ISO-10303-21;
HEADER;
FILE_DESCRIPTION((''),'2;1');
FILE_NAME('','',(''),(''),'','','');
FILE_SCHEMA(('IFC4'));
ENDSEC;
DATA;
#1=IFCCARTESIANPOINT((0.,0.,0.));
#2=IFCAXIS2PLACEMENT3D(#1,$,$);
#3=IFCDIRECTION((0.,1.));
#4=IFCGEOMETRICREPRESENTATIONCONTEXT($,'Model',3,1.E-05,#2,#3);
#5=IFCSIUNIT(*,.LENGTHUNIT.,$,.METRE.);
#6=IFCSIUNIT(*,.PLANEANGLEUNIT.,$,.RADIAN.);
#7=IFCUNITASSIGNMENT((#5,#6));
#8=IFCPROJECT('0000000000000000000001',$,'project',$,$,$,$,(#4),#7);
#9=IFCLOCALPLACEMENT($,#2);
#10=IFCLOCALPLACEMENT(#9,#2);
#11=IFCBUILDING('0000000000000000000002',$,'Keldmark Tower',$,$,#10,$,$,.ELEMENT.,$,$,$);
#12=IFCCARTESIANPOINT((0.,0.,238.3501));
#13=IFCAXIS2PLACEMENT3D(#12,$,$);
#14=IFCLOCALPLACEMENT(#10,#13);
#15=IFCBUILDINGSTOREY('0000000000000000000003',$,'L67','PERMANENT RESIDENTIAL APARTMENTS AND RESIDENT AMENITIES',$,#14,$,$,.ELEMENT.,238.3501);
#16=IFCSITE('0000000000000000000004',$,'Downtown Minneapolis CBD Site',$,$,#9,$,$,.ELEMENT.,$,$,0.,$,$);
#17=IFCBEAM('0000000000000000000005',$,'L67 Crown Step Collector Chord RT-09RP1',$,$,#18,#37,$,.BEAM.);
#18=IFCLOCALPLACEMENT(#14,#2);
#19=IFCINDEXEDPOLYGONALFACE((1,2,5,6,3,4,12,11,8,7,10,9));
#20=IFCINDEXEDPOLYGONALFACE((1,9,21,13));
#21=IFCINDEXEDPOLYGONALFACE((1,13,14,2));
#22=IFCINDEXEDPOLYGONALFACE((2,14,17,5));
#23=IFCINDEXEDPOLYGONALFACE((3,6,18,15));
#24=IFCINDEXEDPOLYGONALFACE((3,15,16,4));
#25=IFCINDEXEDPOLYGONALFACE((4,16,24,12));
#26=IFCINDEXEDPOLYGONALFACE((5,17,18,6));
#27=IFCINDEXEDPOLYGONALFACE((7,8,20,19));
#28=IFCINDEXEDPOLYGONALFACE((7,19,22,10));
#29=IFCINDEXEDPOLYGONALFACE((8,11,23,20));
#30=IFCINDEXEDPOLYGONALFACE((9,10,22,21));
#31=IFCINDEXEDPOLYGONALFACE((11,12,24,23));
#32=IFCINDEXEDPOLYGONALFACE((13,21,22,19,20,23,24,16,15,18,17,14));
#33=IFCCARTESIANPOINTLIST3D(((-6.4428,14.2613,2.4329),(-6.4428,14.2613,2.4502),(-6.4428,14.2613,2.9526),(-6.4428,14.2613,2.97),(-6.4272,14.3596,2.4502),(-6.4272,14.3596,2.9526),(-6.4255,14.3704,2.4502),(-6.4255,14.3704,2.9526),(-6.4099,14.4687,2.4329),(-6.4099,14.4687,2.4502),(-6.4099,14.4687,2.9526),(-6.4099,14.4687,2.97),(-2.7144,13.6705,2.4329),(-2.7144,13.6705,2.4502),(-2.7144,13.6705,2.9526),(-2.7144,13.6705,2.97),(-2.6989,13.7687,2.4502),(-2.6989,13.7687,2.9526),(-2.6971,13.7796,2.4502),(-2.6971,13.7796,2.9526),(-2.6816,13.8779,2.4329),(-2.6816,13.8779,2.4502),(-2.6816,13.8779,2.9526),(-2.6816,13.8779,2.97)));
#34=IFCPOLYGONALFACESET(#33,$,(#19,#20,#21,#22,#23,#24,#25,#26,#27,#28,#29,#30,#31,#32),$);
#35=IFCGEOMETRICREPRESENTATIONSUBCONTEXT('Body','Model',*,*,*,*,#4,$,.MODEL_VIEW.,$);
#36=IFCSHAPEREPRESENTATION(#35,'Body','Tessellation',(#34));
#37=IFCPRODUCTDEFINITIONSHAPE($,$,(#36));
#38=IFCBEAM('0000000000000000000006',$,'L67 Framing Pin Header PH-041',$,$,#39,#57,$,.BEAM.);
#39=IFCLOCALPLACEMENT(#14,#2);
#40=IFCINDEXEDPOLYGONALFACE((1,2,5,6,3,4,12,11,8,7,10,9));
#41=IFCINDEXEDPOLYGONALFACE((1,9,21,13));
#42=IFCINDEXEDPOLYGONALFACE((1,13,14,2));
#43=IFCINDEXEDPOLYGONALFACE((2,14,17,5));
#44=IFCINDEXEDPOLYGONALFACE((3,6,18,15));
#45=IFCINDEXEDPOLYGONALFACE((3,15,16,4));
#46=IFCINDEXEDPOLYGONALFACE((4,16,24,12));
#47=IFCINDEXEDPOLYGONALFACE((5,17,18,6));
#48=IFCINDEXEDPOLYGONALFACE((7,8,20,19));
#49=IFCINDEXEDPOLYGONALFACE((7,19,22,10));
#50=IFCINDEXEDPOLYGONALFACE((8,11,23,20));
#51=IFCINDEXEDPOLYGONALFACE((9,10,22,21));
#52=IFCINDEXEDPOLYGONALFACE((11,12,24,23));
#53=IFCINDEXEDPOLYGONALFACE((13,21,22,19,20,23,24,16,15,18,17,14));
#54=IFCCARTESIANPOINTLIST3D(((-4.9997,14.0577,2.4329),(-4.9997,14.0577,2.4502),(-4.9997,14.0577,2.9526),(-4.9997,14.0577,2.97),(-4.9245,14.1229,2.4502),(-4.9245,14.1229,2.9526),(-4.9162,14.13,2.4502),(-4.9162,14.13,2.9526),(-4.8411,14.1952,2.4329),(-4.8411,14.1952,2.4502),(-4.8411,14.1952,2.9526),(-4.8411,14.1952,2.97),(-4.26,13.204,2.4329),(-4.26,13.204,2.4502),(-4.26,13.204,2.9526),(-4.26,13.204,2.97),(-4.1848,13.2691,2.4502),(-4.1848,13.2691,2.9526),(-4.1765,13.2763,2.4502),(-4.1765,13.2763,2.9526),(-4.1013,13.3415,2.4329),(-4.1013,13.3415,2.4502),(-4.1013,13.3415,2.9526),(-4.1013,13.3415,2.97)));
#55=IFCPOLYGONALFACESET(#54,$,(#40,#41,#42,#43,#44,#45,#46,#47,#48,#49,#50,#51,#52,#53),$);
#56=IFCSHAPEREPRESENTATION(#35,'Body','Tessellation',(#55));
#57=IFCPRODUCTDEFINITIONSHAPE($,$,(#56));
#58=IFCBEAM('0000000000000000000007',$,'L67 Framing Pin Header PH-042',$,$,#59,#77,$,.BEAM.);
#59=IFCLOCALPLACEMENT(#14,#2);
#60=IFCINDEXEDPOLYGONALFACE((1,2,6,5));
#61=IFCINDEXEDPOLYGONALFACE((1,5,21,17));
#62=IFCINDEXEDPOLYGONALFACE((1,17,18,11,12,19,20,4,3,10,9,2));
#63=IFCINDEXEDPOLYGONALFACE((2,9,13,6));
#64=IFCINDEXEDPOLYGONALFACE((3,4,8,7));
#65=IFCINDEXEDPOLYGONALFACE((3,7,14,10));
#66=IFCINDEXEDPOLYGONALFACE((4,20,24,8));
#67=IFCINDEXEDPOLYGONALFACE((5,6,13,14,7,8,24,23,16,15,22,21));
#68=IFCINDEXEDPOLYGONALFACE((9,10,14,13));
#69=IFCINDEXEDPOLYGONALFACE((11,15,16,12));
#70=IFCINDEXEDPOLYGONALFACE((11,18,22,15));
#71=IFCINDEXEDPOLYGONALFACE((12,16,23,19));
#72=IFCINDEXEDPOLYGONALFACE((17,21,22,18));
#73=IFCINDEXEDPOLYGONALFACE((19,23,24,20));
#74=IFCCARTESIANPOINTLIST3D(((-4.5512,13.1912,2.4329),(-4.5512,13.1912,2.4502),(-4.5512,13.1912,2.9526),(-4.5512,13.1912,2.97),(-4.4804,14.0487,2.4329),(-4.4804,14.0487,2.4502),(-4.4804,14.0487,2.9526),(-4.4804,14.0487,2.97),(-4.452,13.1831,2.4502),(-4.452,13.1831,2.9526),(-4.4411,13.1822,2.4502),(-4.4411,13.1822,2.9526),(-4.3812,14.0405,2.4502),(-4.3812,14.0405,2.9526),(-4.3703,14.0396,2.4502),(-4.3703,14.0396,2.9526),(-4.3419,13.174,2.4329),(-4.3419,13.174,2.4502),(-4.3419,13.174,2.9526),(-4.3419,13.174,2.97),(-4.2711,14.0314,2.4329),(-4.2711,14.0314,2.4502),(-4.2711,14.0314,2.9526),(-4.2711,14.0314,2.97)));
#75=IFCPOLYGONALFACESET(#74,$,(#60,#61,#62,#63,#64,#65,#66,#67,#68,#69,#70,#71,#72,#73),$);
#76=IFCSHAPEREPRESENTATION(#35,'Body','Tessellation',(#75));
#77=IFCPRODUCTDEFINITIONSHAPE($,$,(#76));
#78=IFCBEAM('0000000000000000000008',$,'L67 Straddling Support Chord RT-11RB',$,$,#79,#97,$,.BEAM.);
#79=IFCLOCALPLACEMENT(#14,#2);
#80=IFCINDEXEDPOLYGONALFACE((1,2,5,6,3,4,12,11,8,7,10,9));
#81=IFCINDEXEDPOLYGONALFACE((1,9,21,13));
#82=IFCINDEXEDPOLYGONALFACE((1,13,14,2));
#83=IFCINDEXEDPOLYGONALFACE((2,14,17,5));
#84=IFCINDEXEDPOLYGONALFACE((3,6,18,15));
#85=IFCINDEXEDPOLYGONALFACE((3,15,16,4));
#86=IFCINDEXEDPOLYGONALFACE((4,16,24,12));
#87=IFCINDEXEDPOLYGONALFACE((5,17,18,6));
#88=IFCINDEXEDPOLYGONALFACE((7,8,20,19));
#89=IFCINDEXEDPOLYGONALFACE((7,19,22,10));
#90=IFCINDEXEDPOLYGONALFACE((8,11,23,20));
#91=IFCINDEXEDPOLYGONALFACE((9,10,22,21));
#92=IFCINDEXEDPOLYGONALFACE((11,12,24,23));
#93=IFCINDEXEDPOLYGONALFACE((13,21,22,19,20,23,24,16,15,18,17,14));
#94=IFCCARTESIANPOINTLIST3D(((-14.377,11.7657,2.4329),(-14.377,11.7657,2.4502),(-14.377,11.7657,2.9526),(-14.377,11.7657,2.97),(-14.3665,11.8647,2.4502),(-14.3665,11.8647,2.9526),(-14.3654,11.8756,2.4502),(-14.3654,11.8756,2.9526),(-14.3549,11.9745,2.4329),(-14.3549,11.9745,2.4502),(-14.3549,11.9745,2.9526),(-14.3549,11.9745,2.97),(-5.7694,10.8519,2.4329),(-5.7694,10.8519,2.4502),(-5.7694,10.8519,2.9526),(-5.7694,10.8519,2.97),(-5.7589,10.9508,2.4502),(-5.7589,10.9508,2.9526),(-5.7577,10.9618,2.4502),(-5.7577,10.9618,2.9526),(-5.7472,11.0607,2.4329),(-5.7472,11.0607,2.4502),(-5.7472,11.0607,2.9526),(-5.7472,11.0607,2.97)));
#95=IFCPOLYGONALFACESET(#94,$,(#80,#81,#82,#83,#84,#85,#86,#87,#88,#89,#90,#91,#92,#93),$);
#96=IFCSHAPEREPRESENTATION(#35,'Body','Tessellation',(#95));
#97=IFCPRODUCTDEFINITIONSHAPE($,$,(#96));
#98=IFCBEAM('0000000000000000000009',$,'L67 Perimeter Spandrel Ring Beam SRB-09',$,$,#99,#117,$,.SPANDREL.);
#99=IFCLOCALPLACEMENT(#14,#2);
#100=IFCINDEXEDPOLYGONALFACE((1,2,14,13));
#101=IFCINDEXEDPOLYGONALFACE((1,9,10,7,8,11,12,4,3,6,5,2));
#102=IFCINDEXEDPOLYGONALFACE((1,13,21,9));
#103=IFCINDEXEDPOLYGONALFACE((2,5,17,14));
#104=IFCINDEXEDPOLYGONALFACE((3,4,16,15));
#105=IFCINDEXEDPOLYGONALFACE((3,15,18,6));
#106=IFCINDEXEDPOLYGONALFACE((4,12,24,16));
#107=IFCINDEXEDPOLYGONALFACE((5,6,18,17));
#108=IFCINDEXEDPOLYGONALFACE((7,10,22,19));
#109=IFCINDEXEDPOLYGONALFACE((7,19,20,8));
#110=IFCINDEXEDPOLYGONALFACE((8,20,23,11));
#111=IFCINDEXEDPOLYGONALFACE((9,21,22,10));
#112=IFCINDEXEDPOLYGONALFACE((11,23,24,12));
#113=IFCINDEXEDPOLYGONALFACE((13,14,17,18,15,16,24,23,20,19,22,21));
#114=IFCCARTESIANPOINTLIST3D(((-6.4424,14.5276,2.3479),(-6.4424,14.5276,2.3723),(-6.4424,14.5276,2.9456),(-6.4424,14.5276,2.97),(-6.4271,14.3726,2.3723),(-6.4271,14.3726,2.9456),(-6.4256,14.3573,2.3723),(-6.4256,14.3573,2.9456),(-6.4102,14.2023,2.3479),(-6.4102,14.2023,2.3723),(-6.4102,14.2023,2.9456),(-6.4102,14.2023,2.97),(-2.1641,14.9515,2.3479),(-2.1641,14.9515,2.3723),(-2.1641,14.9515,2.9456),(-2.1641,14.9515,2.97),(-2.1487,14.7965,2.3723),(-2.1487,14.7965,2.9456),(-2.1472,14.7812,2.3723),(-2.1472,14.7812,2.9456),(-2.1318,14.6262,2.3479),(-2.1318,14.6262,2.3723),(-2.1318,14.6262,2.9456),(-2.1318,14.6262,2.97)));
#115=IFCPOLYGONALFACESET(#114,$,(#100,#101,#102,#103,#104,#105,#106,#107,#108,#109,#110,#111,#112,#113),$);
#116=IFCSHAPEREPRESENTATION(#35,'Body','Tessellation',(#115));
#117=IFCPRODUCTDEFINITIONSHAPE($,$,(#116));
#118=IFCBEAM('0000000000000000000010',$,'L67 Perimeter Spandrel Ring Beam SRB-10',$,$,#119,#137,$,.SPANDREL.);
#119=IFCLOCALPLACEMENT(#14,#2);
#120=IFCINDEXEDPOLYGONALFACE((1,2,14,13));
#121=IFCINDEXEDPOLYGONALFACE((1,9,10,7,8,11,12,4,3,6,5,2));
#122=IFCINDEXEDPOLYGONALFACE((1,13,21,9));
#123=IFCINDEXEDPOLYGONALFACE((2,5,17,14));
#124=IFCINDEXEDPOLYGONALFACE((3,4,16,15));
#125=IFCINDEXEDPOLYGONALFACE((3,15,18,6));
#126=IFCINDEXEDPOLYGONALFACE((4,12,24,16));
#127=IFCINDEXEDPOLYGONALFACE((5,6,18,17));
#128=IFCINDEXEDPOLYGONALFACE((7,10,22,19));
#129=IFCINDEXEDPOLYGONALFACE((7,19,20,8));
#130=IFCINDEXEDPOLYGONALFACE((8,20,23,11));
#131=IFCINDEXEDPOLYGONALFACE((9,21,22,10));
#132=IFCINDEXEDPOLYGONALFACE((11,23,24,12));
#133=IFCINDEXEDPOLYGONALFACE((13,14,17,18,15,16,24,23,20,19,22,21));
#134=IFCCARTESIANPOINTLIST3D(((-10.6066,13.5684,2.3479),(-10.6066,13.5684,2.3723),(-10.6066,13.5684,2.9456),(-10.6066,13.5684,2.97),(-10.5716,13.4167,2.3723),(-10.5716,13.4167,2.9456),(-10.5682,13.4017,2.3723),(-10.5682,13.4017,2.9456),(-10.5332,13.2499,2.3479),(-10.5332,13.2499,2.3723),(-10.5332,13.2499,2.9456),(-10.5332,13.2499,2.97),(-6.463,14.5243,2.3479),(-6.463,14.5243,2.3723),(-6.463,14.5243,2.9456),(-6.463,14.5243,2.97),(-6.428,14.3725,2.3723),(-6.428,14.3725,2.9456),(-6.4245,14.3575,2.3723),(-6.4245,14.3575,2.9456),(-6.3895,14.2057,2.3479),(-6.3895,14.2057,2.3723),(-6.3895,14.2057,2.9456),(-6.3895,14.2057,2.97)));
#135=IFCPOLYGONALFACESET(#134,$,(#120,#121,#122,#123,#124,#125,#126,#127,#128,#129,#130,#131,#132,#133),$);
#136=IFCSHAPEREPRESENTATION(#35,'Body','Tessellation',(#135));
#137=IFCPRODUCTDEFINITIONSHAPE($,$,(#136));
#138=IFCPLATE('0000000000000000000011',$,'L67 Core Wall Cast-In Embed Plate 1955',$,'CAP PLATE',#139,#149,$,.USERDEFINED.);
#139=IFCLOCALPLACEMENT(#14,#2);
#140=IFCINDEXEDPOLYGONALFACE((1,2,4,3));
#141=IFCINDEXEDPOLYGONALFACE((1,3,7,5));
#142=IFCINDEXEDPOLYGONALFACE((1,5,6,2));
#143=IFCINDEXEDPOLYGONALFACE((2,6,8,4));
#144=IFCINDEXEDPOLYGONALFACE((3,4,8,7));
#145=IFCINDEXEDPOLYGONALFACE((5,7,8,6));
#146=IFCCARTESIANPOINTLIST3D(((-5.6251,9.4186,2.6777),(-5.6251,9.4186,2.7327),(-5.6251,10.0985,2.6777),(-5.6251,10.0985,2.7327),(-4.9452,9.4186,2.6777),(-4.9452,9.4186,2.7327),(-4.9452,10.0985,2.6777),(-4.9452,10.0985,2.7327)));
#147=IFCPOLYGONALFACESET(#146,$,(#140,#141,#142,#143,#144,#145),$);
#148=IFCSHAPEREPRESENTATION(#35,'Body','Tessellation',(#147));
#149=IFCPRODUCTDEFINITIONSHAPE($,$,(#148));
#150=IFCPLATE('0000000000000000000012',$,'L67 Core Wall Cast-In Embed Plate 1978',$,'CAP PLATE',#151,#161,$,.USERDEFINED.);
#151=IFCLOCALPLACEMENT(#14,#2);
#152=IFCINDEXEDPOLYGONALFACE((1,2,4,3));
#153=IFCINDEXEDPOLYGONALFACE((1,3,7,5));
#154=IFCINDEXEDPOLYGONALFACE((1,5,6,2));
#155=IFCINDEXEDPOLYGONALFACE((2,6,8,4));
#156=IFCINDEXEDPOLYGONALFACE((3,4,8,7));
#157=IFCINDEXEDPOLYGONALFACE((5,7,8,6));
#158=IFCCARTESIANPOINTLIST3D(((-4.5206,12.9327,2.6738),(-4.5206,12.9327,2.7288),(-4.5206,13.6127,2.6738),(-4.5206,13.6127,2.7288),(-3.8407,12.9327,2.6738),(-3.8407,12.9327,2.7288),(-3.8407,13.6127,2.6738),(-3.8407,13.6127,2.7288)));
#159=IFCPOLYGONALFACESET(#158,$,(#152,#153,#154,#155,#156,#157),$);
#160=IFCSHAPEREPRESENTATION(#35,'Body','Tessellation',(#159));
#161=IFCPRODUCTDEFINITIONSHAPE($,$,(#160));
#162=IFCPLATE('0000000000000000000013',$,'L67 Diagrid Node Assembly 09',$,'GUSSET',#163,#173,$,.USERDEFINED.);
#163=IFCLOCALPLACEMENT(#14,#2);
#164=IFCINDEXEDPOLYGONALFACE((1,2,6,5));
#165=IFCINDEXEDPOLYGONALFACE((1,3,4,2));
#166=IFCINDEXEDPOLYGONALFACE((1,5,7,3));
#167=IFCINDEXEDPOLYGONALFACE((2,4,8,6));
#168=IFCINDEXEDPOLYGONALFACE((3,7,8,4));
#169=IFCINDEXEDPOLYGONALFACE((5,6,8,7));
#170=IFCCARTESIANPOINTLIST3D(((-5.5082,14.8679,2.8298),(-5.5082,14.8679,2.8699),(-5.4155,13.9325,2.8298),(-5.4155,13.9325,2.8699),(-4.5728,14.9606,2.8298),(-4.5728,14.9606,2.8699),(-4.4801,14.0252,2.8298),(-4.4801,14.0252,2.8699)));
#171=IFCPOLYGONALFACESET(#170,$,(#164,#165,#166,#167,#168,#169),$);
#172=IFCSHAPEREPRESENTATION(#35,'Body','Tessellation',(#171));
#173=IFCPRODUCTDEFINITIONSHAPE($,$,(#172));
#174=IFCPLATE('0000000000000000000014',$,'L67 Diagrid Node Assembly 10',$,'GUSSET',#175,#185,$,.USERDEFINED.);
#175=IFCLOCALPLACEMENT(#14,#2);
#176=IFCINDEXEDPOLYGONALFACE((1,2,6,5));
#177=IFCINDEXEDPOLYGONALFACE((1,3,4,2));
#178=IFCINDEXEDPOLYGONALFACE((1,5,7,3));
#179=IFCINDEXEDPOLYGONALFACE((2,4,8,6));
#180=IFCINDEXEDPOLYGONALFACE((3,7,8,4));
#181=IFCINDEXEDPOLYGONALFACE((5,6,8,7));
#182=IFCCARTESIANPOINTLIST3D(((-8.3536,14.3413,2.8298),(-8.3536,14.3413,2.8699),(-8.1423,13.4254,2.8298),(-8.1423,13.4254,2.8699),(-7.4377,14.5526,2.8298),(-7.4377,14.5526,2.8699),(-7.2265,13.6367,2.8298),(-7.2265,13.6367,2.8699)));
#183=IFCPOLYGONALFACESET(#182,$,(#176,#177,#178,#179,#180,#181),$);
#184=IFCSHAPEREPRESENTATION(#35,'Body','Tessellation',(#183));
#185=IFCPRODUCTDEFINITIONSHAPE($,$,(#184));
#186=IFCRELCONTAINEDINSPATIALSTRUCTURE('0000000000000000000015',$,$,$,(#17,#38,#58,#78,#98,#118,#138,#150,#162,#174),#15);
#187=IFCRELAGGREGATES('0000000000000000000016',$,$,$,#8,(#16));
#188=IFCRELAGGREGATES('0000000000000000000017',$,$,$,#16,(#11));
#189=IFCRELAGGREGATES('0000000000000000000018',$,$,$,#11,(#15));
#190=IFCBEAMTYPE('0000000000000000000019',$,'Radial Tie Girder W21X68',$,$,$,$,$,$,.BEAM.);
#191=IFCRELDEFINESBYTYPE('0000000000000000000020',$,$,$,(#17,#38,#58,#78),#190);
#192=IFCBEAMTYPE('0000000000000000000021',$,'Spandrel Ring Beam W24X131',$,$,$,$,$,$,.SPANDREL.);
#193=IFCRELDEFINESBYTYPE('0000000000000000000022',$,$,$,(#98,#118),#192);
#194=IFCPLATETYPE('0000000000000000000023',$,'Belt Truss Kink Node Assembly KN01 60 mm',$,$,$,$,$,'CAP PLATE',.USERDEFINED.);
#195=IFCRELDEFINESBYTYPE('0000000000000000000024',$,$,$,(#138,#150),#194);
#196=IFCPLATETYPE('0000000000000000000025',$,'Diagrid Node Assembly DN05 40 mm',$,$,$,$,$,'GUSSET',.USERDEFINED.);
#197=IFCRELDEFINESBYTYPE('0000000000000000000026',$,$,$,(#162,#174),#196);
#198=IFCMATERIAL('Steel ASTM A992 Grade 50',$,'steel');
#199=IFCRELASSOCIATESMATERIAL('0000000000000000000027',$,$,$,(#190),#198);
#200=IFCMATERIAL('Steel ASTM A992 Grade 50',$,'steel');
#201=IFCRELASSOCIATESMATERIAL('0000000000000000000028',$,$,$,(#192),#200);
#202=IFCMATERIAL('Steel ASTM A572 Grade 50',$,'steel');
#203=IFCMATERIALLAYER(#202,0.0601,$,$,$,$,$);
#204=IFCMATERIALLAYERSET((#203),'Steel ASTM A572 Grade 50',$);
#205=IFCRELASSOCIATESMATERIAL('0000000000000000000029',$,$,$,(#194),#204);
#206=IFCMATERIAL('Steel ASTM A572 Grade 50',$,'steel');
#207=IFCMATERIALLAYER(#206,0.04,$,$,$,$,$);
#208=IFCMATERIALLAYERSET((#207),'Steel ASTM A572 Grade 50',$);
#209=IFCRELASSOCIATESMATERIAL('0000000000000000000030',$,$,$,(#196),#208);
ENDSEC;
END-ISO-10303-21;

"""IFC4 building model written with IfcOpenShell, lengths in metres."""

from ifc_helpers import new_model, si_unit, direction, frame, origin, origin_2d, place, context, subcontext, project, spatial, rectangle, i_section, extrude, material, layer, layer_set, material_profile, profile_set, type_object, element, save


model = new_model("IFC4")

# Units and contexts
model_context = context("Model", 3, precision=1e-05, world=origin(), true_north=direction((0.0, 1.0)))
body_context = subcontext(model_context, "Body", "Model", "MODEL_VIEW")
ifc_project = project(units=[si_unit("LENGTHUNIT", "METRE"), si_unit("PLANEANGLEUNIT", "RADIAN")], contexts=[model_context])

# Site, building, storey
site_placement = place(None, origin())
site = spatial("IfcSite", under=ifc_project, at=site_placement, Name="Downtown Minneapolis CBD Site", CompositionType="ELEMENT", RefElevation=0.0)
building_placement = place(site_placement, origin())
building = spatial("IfcBuilding", under=site, at=building_placement, Name="Keldmark Tower", CompositionType="ELEMENT")
storey_placement = place(building_placement, frame((0.0, 0.0, 238.3501)))
storey = spatial("IfcBuildingStorey", under=building, at=storey_placement, Name="L67", Description="PERMANENT RESIDENTIAL APARTMENTS AND RESIDENT AMENITIES", CompositionType="ELEMENT", Elevation=238.3501)

# Beams
ifc_material_1 = material(Name="Steel ASTM A992 Grade 50", Category="steel")
ifc_material_profile_1 = material_profile(ifc_material_1, i_section(OverallWidth=0.21, OverallDepth=0.5371, WebThickness=0.011, FlangeThickness=0.0173, at=origin_2d()), Name="W21X68")
ifc_profile_set_1 = profile_set([ifc_material_profile_1], Name="Steel ASTM A992 Grade 50")
beam_type_1 = type_object("IfcBeamType", Name="Radial Tie Girder W21X68", PredefinedType="BEAM", material=ifc_profile_set_1)
beam_1_placement = place(storey_placement, frame((-2.698, 13.7742, 2.7014), z_axis=(-0.987675, 0.156517, 0.0), x_axis=(-0.156517, -0.987675, 0.0)))
element("IfcBeam", 1, at=beam_1_placement, inside=storey, type_object=beam_type_1, Name="L67 Crown Step Collector Chord RT-09RP1", PredefinedType="BEAM", context=body_context, shape_type="SweptSolid", body=[
    extrude(i_section(OverallWidth=0.21, OverallDepth=0.5371, WebThickness=0.011, FlangeThickness=0.0173, at=origin_2d()), origin(), (0.0, 0.0, 1.0), 3.7749),
])
beam_2_placement = place(storey_placement, frame((-4.1807, 13.2727, 2.7014), z_axis=(-0.65484, 0.755768, 0.0), x_axis=(-0.755768, -0.65484, 0.0)))
element("IfcBeam", 2, at=beam_2_placement, inside=storey, type_object=beam_type_1, Name="L67 Framing Pin Header PH-041", PredefinedType="BEAM", context=body_context, shape_type="SweptSolid", body=[
    extrude(i_section(OverallWidth=0.21, OverallDepth=0.5371, WebThickness=0.011, FlangeThickness=0.0173, at=origin_2d()), origin(), (0.0, 0.0, 1.0), 1.1296),
])
beam_3_placement = place(storey_placement, frame((-4.3757, 14.04, 2.7014), z_axis=(-0.082294, -0.996608, 0.0), x_axis=(0.996608, -0.082294, 0.0)))
element("IfcBeam", 3, at=beam_3_placement, inside=storey, type_object=beam_type_1, Name="L67 Framing Pin Header PH-042", PredefinedType="BEAM", context=body_context, shape_type="SweptSolid", body=[
    extrude(i_section(OverallWidth=0.21, OverallDepth=0.5371, WebThickness=0.011, FlangeThickness=0.0173, at=origin_2d()), origin(), (0.0, 0.0, 1.0), 0.8604),
])
beam_4_placement = place(storey_placement, frame((-5.7583, 10.9563, 2.7014), z_axis=(-0.994412, 0.10557, 0.0), x_axis=(-0.10557, -0.994412, 0.0)))
element("IfcBeam", 4, at=beam_4_placement, inside=storey, type_object=beam_type_1, Name="L67 Straddling Support Chord RT-11RB", PredefinedType="BEAM", context=body_context, shape_type="SweptSolid", body=[
    extrude(i_section(OverallWidth=0.21, OverallDepth=0.5371, WebThickness=0.011, FlangeThickness=0.0173, at=origin_2d()), origin(), (0.0, 0.0, 1.0), 8.656),
])
ifc_material_2 = material(Name="Steel ASTM A992 Grade 50", Category="steel")
ifc_material_profile_2 = material_profile(ifc_material_2, i_section(OverallWidth=0.3269, OverallDepth=0.6221, WebThickness=0.0154, FlangeThickness=0.0244, at=origin_2d()), Name="W24X131")
ifc_profile_set_2 = profile_set([ifc_material_profile_2], Name="Steel ASTM A992 Grade 50")
beam_type_2 = type_object("IfcBeamType", Name="Spandrel Ring Beam W24X131", PredefinedType="SPANDREL", material=ifc_profile_set_2)
beam_5_placement = place(storey_placement, frame((-2.1479, 14.7888, 2.6589), z_axis=(-0.995129, -0.098582, 0.0), x_axis=(0.098582, -0.995129, 0.0)))
element("IfcBeam", 5, at=beam_5_placement, inside=storey, type_object=beam_type_2, Name="L67 Perimeter Spandrel Ring Beam SRB-09", PredefinedType="SPANDREL", context=body_context, shape_type="SweptSolid", body=[
    extrude(i_section(OverallWidth=0.3269, OverallDepth=0.6221, WebThickness=0.0154, FlangeThickness=0.0244, at=origin_2d()), origin(), (0.0, 0.0, 1.0), 4.2993),
])
beam_6_placement = place(storey_placement, frame((-6.4263, 14.365, 2.6589), z_axis=(-0.974412, -0.224771, 0.0), x_axis=(0.224771, -0.974412, 0.0)))
element("IfcBeam", 6, at=beam_6_placement, inside=storey, type_object=beam_type_2, Name="L67 Perimeter Spandrel Ring Beam SRB-10", PredefinedType="SPANDREL", context=body_context, shape_type="SweptSolid", body=[
    extrude(i_section(OverallWidth=0.3269, OverallDepth=0.6221, WebThickness=0.0154, FlangeThickness=0.0244, at=origin_2d()), origin(), (0.0, 0.0, 1.0), 4.2524),
])

# Plates
ifc_material_3 = material(Name="Steel ASTM A572 Grade 50", Category="steel")
ifc_layer_1 = layer(ifc_material_3, 0.0601)
ifc_layer_set_1 = layer_set([ifc_layer_1], Name="Steel ASTM A572 Grade 50")
plate_type_1 = type_object("IfcPlateType", Name="Belt Truss Kink Node Assembly KN01 60 mm", ElementType="CAP PLATE", PredefinedType="USERDEFINED", material=ifc_layer_set_1)
for number, where, z_axis, x_axis, name in (
    (7, (-5.2852, 9.7585, 2.6777), (0.0, 0.0, 1.0), (1.0, 0.0, 0.0), "L67 Core Wall Cast-In Embed Plate 1955"),
    (8, (-4.1807, 13.2727, 2.6738), (0.0, 0.0, 1.0), (1.0, 0.0, 0.0), "L67 Core Wall Cast-In Embed Plate 1978"),
):
    element("IfcPlate", number, at=place(storey_placement, frame(where, z_axis=z_axis, x_axis=x_axis)), inside=storey, type_object=plate_type_1, Name=name, ObjectType="CAP PLATE", PredefinedType="USERDEFINED", context=body_context, shape_type="SweptSolid", body=[
        extrude(rectangle(XDim=0.6799, YDim=0.6799, at=origin_2d()), origin(), (0.0, 0.0, 1.0), 0.0549),
    ])
ifc_material_4 = material(Name="Steel ASTM A572 Grade 50", Category="steel")
ifc_layer_2 = layer(ifc_material_4, 0.04)
ifc_layer_set_2 = layer_set([ifc_layer_2], Name="Steel ASTM A572 Grade 50")
plate_type_2 = type_object("IfcPlateType", Name="Diagrid Node Assembly DN05 40 mm", ElementType="GUSSET", PredefinedType="USERDEFINED", material=ifc_layer_set_2)
for number, where, z_axis, x_axis, name in (
    (9, (-4.9941, 14.4465, 2.8298), (0.0, 0.0, 1.0), (-0.995125, -0.098625, 0.0), "L67 Diagrid Node Assembly 09"),
    (10, (-7.79, 13.989, 2.8298), (0.0, 0.0, 1.0), (-0.974409, -0.224781, 0.0), "L67 Diagrid Node Assembly 10"),
):
    element("IfcPlate", number, at=place(storey_placement, frame(where, z_axis=z_axis, x_axis=x_axis)), inside=storey, type_object=plate_type_2, Name=name, ObjectType="GUSSET", PredefinedType="USERDEFINED", context=body_context, shape_type="SweptSolid", body=[
        extrude(rectangle(XDim=0.9399, YDim=0.9399, at=origin_2d()), origin(), (0.0, 0.0, 1.0), 0.04),
    ])

save(model, "model.ifc")
